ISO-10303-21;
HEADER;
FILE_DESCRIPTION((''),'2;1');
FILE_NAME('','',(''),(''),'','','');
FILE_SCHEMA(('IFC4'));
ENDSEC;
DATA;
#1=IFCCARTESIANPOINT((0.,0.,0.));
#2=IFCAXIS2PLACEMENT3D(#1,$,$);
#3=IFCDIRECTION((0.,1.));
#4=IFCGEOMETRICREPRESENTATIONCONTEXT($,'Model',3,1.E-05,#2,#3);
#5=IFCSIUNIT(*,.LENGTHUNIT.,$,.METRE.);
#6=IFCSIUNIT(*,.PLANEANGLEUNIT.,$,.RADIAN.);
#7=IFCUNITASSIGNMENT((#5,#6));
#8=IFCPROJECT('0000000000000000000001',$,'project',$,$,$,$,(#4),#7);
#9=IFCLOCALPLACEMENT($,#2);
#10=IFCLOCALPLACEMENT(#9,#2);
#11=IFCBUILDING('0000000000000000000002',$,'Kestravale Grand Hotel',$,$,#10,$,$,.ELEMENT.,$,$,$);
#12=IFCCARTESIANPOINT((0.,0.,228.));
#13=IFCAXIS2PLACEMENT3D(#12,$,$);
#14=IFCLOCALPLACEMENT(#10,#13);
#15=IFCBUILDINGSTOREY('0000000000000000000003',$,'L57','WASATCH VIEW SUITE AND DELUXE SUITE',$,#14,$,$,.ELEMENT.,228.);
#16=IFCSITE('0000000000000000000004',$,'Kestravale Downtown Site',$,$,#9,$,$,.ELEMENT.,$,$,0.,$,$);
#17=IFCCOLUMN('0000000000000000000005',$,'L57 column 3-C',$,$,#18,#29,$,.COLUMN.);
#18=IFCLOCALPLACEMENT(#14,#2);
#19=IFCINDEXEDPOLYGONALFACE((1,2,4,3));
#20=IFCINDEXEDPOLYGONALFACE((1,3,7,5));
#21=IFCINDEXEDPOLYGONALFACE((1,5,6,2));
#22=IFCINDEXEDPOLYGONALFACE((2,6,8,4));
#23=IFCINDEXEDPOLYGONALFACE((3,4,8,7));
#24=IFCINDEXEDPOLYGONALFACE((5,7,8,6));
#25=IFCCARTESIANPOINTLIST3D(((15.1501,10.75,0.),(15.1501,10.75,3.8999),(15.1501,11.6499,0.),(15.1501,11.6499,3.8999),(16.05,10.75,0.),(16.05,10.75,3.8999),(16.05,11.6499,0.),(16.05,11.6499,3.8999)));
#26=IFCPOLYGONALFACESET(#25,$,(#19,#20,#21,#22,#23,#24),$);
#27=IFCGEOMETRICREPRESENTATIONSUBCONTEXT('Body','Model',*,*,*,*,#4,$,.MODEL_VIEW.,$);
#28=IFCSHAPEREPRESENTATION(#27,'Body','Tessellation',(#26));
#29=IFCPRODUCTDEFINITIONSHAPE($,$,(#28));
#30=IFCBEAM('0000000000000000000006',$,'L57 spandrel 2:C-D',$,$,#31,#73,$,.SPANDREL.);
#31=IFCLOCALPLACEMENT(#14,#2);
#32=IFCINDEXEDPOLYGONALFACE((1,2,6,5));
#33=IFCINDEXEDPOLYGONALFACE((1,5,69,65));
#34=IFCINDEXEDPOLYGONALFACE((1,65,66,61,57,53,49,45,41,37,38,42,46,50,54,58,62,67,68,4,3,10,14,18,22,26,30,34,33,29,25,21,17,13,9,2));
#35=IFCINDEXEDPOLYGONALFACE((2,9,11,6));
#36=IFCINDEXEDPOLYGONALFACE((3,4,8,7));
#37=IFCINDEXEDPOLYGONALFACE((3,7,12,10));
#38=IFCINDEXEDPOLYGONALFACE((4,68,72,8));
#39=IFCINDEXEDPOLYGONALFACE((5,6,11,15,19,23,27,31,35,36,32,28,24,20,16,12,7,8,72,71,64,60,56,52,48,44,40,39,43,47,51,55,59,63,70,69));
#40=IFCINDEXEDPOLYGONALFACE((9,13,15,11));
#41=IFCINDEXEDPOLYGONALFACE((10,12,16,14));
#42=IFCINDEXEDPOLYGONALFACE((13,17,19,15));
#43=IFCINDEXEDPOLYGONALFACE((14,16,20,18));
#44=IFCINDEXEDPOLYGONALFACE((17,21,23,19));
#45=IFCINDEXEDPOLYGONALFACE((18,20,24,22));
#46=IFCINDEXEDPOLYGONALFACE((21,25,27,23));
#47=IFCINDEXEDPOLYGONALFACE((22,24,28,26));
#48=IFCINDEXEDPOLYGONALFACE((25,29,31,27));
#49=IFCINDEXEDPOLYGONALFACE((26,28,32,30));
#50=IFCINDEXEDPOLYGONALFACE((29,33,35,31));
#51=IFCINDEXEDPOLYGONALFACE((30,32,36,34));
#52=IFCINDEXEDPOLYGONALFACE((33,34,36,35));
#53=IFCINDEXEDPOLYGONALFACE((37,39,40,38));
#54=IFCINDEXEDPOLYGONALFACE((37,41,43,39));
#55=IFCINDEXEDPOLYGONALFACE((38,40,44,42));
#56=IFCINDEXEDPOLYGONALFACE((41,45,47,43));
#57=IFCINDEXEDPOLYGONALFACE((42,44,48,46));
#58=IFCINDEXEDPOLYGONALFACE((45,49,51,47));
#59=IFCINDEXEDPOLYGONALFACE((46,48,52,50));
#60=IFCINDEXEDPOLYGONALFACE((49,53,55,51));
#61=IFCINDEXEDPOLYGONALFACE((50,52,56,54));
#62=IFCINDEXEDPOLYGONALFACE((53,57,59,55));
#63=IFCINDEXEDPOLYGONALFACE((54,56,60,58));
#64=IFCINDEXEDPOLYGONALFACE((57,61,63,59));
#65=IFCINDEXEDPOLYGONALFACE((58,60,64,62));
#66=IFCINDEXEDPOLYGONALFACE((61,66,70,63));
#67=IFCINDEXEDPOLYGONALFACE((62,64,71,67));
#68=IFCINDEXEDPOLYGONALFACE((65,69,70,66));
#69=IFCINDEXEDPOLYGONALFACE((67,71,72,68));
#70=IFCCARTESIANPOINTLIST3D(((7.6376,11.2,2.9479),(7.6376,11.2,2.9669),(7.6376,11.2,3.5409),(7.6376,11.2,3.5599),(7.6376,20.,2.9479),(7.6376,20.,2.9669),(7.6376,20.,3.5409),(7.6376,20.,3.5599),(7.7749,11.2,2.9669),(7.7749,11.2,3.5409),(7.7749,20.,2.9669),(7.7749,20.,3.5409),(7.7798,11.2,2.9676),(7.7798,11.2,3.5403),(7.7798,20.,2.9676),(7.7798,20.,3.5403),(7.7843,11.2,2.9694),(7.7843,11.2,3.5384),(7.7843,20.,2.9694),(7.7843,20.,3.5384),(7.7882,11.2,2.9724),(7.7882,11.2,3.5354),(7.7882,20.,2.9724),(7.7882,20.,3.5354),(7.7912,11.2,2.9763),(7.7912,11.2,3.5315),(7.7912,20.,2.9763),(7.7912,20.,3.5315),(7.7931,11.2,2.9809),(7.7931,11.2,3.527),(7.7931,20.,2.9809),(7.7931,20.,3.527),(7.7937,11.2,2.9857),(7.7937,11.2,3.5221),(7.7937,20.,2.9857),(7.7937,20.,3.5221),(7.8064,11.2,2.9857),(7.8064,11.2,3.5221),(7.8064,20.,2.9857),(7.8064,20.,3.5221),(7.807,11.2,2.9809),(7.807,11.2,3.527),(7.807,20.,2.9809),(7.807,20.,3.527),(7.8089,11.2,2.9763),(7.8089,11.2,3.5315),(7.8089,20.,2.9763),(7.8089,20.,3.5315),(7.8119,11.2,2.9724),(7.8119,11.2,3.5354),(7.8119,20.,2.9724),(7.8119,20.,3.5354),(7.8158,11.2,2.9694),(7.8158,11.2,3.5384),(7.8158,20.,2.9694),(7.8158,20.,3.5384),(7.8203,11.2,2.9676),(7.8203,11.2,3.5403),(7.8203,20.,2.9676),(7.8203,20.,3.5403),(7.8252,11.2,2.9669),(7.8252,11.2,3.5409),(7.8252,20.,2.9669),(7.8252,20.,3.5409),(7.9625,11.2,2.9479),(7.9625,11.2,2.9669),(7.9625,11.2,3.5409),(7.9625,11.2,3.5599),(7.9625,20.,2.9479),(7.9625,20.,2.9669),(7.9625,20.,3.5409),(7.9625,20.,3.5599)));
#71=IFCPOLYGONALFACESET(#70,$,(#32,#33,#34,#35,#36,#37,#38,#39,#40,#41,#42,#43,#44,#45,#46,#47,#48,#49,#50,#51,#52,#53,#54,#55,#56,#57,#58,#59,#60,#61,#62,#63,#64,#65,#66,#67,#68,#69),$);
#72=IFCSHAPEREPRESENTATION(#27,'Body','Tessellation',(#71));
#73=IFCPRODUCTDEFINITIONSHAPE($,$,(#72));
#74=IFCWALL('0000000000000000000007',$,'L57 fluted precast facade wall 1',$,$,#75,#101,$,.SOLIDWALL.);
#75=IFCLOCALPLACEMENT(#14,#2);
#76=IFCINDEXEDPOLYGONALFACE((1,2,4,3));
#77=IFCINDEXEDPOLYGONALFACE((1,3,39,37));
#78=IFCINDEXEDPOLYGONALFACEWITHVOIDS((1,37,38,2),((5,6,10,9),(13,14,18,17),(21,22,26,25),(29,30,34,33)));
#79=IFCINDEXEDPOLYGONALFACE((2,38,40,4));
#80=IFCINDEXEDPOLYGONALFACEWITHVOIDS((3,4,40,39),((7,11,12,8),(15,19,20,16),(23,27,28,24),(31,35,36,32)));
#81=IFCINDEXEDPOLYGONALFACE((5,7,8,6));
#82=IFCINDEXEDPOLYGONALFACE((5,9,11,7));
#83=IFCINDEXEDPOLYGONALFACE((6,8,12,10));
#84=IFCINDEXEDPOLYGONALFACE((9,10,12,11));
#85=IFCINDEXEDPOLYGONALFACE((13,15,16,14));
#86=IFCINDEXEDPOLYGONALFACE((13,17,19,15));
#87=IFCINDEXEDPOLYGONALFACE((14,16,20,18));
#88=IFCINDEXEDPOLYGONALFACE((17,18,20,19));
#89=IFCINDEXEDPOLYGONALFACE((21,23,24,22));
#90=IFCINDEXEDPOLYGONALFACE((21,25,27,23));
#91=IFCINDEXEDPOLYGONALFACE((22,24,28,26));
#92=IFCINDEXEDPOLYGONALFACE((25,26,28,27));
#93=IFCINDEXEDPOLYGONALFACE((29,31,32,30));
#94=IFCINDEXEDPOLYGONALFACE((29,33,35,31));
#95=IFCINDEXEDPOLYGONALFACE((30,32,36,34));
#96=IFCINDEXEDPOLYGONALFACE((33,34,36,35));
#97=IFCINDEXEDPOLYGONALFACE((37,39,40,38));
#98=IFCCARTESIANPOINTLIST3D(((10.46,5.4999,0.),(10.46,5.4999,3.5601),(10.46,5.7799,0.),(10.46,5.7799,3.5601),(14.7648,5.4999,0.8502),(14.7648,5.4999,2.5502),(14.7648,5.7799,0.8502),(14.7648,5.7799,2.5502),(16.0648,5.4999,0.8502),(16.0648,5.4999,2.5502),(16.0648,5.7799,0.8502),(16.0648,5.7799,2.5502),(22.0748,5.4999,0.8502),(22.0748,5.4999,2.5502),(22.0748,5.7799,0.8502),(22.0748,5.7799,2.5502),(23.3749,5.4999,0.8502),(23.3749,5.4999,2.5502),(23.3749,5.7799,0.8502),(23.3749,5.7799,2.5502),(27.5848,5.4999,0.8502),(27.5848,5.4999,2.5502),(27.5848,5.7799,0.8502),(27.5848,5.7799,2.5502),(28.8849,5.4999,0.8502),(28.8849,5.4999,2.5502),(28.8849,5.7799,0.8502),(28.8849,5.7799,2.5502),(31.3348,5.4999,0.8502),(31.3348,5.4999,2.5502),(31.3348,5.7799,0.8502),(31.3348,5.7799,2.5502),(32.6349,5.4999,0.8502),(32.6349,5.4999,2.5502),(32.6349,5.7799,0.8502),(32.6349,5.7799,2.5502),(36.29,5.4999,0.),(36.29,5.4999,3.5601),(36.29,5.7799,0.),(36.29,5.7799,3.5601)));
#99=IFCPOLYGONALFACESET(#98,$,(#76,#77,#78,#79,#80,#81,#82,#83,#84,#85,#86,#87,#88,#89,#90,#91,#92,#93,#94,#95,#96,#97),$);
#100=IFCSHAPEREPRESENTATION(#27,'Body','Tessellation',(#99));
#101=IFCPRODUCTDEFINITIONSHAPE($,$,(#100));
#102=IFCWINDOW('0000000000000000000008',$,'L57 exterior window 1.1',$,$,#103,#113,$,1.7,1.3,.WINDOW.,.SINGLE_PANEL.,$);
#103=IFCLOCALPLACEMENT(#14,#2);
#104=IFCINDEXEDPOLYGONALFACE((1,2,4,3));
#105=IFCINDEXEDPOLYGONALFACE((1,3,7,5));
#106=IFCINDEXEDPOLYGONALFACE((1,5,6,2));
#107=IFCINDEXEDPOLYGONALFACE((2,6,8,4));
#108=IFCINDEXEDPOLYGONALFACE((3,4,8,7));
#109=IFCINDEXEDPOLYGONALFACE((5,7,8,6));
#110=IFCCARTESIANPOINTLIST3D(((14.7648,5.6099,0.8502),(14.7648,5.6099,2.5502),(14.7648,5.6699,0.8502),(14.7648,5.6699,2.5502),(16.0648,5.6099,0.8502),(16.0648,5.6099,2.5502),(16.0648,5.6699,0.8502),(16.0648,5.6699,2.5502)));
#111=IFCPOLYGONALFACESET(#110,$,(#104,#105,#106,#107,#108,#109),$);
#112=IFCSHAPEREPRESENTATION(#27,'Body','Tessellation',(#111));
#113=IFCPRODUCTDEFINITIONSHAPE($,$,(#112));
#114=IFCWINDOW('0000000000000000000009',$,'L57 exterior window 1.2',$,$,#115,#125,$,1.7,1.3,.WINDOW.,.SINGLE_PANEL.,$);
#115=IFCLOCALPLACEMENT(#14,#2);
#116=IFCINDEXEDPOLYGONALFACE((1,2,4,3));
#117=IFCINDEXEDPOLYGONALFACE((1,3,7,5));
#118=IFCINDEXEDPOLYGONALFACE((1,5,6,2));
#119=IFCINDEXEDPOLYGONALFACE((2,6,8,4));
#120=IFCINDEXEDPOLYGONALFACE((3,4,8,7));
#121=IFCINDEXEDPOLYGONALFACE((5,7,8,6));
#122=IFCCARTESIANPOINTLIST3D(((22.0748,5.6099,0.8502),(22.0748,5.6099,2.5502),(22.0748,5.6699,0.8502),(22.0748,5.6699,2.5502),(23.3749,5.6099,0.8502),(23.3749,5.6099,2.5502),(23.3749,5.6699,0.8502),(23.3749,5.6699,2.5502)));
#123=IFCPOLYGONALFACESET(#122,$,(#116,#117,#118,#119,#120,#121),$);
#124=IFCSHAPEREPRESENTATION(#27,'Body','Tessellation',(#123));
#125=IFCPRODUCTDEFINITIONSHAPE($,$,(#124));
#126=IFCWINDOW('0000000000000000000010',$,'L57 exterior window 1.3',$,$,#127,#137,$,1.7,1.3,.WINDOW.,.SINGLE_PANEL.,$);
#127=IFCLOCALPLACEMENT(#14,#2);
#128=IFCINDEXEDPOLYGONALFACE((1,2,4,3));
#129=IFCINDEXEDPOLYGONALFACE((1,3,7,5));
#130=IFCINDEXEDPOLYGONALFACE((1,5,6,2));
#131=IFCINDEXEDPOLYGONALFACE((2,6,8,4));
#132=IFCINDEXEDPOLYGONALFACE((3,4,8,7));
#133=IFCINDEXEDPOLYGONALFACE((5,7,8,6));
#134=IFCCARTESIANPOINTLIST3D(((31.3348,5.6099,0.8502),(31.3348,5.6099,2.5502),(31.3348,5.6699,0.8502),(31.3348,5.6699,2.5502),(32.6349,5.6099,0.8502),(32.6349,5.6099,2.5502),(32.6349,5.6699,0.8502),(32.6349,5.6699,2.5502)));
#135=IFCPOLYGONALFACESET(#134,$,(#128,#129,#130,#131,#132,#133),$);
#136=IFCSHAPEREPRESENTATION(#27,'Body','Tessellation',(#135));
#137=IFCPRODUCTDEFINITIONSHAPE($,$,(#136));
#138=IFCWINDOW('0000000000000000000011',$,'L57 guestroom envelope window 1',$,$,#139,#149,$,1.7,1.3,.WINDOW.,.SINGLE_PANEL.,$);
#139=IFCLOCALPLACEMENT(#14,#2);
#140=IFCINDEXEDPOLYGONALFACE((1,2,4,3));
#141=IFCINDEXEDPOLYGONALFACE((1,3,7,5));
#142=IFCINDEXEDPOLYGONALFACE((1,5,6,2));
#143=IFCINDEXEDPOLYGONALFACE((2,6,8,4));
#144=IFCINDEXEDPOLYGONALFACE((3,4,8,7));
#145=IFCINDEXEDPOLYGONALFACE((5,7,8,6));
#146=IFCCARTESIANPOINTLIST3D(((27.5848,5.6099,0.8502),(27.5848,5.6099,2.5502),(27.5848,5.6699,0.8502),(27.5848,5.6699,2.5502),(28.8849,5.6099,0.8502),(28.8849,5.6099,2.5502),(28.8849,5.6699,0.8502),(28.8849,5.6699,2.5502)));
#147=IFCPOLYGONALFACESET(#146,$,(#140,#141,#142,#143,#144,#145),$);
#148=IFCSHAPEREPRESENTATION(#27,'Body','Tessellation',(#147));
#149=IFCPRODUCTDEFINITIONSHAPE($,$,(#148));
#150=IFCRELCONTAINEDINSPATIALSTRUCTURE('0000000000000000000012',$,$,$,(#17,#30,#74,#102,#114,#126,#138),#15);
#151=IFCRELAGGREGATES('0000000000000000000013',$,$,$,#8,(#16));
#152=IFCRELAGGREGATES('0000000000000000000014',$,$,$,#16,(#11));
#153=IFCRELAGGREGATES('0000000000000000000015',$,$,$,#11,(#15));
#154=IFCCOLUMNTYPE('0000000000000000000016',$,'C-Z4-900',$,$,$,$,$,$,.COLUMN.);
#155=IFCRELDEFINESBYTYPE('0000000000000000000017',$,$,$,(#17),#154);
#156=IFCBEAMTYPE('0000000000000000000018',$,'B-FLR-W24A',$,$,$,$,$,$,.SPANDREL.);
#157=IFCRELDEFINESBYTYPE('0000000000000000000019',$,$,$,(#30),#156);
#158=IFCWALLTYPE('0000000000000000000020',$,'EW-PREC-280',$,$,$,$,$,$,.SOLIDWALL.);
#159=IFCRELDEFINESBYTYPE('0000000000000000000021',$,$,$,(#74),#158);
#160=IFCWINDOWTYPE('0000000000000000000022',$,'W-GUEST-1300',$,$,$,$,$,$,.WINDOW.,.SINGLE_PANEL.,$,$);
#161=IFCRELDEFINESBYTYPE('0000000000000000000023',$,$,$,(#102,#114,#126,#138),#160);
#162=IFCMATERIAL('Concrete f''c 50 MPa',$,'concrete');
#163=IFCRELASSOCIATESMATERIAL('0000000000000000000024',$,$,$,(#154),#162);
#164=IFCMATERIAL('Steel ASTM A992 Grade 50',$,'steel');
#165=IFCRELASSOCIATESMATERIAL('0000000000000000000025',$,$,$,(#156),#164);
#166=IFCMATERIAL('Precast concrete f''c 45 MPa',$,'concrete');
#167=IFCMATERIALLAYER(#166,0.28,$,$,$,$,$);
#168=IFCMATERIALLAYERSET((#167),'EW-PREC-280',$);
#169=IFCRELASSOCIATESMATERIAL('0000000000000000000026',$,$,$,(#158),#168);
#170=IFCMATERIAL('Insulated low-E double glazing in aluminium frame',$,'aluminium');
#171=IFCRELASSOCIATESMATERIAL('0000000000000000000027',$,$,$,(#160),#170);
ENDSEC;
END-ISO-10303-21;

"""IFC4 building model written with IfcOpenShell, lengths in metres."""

from ifc_helpers import new_model, si_unit, direction, frame, frame_2d, origin, origin_2d, place, context, subcontext, project, spatial, rectangle, i_section, extrude, material, layer, layer_set, material_profile, profile_set, type_object, element, fill, save


model = new_model("IFC4")

# Units and contexts
model_context = context("Model", 3, precision=1e-05, world=origin(), true_north=direction((0.0, 1.0)))
body_context = subcontext(model_context, "Body", "Model", "MODEL_VIEW")
ifc_project = project(units=[si_unit("LENGTHUNIT", "METRE"), si_unit("PLANEANGLEUNIT", "RADIAN")], contexts=[model_context])

# Site, building, storey
site_placement = place(None, origin())
site = spatial("IfcSite", under=ifc_project, at=site_placement, Name="Kestravale Downtown Site", CompositionType="ELEMENT", RefElevation=0.0)
building_placement = place(site_placement, origin())
building = spatial("IfcBuilding", under=site, at=building_placement, Name="Kestravale Grand Hotel", CompositionType="ELEMENT")
storey_placement = place(building_placement, frame((0.0, 0.0, 228.0)))
storey = spatial("IfcBuildingStorey", under=building, at=storey_placement, Name="L57", Description="WASATCH VIEW SUITE AND DELUXE SUITE", CompositionType="ELEMENT", Elevation=228.0)

# Column
ifc_material_1 = material(Name="Concrete f'c 50 MPa", Category="concrete")
ifc_material_profile_1 = material_profile(ifc_material_1, rectangle(XDim=0.8999, YDim=0.8999, at=origin_2d()))
ifc_profile_set_1 = profile_set([ifc_material_profile_1], Name="Concrete f'c 50 MPa")
column_type = type_object("IfcColumnType", Name="C-Z4-900", PredefinedType="COLUMN", material=ifc_profile_set_1)
column_placement = place(storey_placement, frame((15.6001, 11.2, 0.0), z_axis=(0.0, 0.0, 1.0), x_axis=(1.0, 0.0, 0.0)))
element("IfcColumn", 1, at=column_placement, inside=storey, type_object=column_type, Name="L57 column 3-C", PredefinedType="COLUMN", context=body_context, shape_type="SweptSolid", body=[
    extrude(rectangle(XDim=0.8999, YDim=0.8999, at=origin_2d()), origin(), (0.0, 0.0, 1.0), 3.8999),
])

# Beam
ifc_material_2 = material(Name="Steel ASTM A992 Grade 50", Category="steel")
ifc_material_profile_2 = material_profile(ifc_material_2, i_section(OverallWidth=0.325, OverallDepth=0.6121, WebThickness=0.0127, FlangeThickness=0.019, FilletRadius=0.0188, at=origin_2d()))
ifc_profile_set_2 = profile_set([ifc_material_profile_2], Name="Steel ASTM A992 Grade 50")
beam_type = type_object("IfcBeamType", Name="B-FLR-W24A", PredefinedType="SPANDREL", material=ifc_profile_set_2)
beam_placement = place(storey_placement, frame((7.8, 11.2, 3.2539), z_axis=(0.0, 1.0, 0.0), x_axis=(-1.0, 0.0, 0.0)))
element("IfcBeam", 2, at=beam_placement, inside=storey, type_object=beam_type, Name="L57 spandrel 2:C-D", PredefinedType="SPANDREL", context=body_context, shape_type="SweptSolid", body=[
    extrude(i_section(OverallWidth=0.325, OverallDepth=0.6121, WebThickness=0.0127, FlangeThickness=0.019, FilletRadius=0.0188, at=origin_2d()), origin(), (0.0, 0.0, 1.0), 8.8),
])

# Wall, openings, windows
ifc_material_3 = material(Name="Precast concrete f'c 45 MPa", Category="concrete")
ifc_layer_1 = layer(ifc_material_3, 0.28)
ifc_layer_set_1 = layer_set([ifc_layer_1], Name="EW-PREC-280")
wall_type_1 = type_object("IfcWallType", Name="EW-PREC-280", PredefinedType="SOLIDWALL", material=ifc_layer_set_1)
wall_1_placement = place(storey_placement, frame((10.46, 5.6399, 0.0), z_axis=(0.0, 0.0, 1.0), x_axis=(1.0, 0.0, 0.0)))
wall_1 = element("IfcWall", 3, at=wall_1_placement, inside=storey, type_object=wall_type_1, Name="L57 fluted precast facade wall 1", PredefinedType="SOLIDWALL", context=body_context, shape_type="SweptSolid", body=[
    extrude(rectangle(XDim=25.8301, YDim=0.28, at=frame_2d((12.915, 0.0))), origin(), (0.0, 0.0, 1.0), 3.5601),
])
opening_1_placement = place(wall_1_placement, frame((4.3049, 0.0, 0.8501)))
opening_1 = element("IfcOpeningElement", 4, at=opening_1_placement, cuts=wall_1, PredefinedType="OPENING", context=body_context, shape_type="SweptSolid", body=[
    extrude(rectangle(XDim=1.3, YDim=1.7, at=frame_2d((0.6499, 0.8501))), frame((0.0, 0.1499, 0.0), z_axis=(0.0, -1.0, 0.0), x_axis=(1.0, 0.0, 0.0)), (0.0, 0.0, 1.0), 0.3),
])
opening_2_placement = place(wall_1_placement, frame((11.615, 0.0, 0.8501)))
opening_2 = element("IfcOpeningElement", 5, at=opening_2_placement, cuts=wall_1, PredefinedType="OPENING", context=body_context, shape_type="SweptSolid", body=[
    extrude(rectangle(XDim=1.3, YDim=1.7, at=frame_2d((0.6499, 0.8501))), frame((0.0, 0.1499, 0.0), z_axis=(0.0, -1.0, 0.0), x_axis=(1.0, 0.0, 0.0)), (0.0, 0.0, 1.0), 0.3),
])
opening_3_placement = place(wall_1_placement, frame((20.875, 0.0, 0.8501)))
opening_3 = element("IfcOpeningElement", 6, at=opening_3_placement, cuts=wall_1, PredefinedType="OPENING", context=body_context, shape_type="SweptSolid", body=[
    extrude(rectangle(XDim=1.3, YDim=1.7, at=frame_2d((0.6499, 0.8501))), frame((0.0, 0.1499, 0.0), z_axis=(0.0, -1.0, 0.0), x_axis=(1.0, 0.0, 0.0)), (0.0, 0.0, 1.0), 0.3),
])
opening_4_placement = place(wall_1_placement, frame((17.125, 0.0, 0.8501)))
opening_4 = element("IfcOpeningElement", 7, at=opening_4_placement, cuts=wall_1, PredefinedType="OPENING", context=body_context, shape_type="SweptSolid", body=[
    extrude(rectangle(XDim=1.3, YDim=1.7, at=frame_2d((0.6499, 0.8501))), frame((0.0, 0.1499, 0.0), z_axis=(0.0, -1.0, 0.0), x_axis=(1.0, 0.0, 0.0)), (0.0, 0.0, 1.0), 0.3),
])
ifc_material_4 = material(Name="Insulated low-E double glazing in aluminium frame", Category="aluminium")
window_type = type_object("IfcWindowType", Name="W-GUEST-1300", PartitioningType="SINGLE_PANEL", PredefinedType="WINDOW", material=ifc_material_4)
window_1_placement = place(opening_1_placement, origin())
window_1 = element("IfcWindow", 8, at=window_1_placement, inside=storey, type_object=window_type, Name="L57 exterior window 1.1", OverallHeight=1.7, OverallWidth=1.3, PartitioningType="SINGLE_PANEL", PredefinedType="WINDOW", context=body_context, shape_type="SweptSolid", body=[
    extrude(rectangle(XDim=1.3, YDim=1.7, at=frame_2d((0.6499, 0.8501))), frame((0.0, 0.03, 0.0), z_axis=(0.0, -1.0, 0.0), x_axis=(1.0, 0.0, 0.0)), (0.0, 0.0, 1.0), 0.0601),
])
fill(opening_1, window_1)
window_2_placement = place(opening_2_placement, origin())
window_2 = element("IfcWindow", 9, at=window_2_placement, inside=storey, type_object=window_type, Name="L57 exterior window 1.2", OverallHeight=1.7, OverallWidth=1.3, PartitioningType="SINGLE_PANEL", PredefinedType="WINDOW", context=body_context, shape_type="SweptSolid", body=[
    extrude(rectangle(XDim=1.3, YDim=1.7, at=frame_2d((0.6499, 0.8501))), frame((0.0, 0.03, 0.0), z_axis=(0.0, -1.0, 0.0), x_axis=(1.0, 0.0, 0.0)), (0.0, 0.0, 1.0), 0.0601),
])
fill(opening_2, window_2)
window_3_placement = place(opening_3_placement, origin())
window_3 = element("IfcWindow", 10, at=window_3_placement, inside=storey, type_object=window_type, Name="L57 exterior window 1.3", OverallHeight=1.7, OverallWidth=1.3, PartitioningType="SINGLE_PANEL", PredefinedType="WINDOW", context=body_context, shape_type="SweptSolid", body=[
    extrude(rectangle(XDim=1.3, YDim=1.7, at=frame_2d((0.6499, 0.8501))), frame((0.0, 0.03, 0.0), z_axis=(0.0, -1.0, 0.0), x_axis=(1.0, 0.0, 0.0)), (0.0, 0.0, 1.0), 0.0601),
])
fill(opening_3, window_3)
window_4_placement = place(opening_4_placement, origin())
window_4 = element("IfcWindow", 11, at=window_4_placement, inside=storey, type_object=window_type, Name="L57 guestroom envelope window 1", OverallHeight=1.7, OverallWidth=1.3, PartitioningType="SINGLE_PANEL", PredefinedType="WINDOW", context=body_context, shape_type="SweptSolid", body=[
    extrude(rectangle(XDim=1.3, YDim=1.7, at=frame_2d((0.6499, 0.8501))), frame((0.0, 0.03, 0.0), z_axis=(0.0, -1.0, 0.0), x_axis=(1.0, 0.0, 0.0)), (0.0, 0.0, 1.0), 0.0601),
])
fill(opening_4, window_4)

save(model, "model.ifc")
